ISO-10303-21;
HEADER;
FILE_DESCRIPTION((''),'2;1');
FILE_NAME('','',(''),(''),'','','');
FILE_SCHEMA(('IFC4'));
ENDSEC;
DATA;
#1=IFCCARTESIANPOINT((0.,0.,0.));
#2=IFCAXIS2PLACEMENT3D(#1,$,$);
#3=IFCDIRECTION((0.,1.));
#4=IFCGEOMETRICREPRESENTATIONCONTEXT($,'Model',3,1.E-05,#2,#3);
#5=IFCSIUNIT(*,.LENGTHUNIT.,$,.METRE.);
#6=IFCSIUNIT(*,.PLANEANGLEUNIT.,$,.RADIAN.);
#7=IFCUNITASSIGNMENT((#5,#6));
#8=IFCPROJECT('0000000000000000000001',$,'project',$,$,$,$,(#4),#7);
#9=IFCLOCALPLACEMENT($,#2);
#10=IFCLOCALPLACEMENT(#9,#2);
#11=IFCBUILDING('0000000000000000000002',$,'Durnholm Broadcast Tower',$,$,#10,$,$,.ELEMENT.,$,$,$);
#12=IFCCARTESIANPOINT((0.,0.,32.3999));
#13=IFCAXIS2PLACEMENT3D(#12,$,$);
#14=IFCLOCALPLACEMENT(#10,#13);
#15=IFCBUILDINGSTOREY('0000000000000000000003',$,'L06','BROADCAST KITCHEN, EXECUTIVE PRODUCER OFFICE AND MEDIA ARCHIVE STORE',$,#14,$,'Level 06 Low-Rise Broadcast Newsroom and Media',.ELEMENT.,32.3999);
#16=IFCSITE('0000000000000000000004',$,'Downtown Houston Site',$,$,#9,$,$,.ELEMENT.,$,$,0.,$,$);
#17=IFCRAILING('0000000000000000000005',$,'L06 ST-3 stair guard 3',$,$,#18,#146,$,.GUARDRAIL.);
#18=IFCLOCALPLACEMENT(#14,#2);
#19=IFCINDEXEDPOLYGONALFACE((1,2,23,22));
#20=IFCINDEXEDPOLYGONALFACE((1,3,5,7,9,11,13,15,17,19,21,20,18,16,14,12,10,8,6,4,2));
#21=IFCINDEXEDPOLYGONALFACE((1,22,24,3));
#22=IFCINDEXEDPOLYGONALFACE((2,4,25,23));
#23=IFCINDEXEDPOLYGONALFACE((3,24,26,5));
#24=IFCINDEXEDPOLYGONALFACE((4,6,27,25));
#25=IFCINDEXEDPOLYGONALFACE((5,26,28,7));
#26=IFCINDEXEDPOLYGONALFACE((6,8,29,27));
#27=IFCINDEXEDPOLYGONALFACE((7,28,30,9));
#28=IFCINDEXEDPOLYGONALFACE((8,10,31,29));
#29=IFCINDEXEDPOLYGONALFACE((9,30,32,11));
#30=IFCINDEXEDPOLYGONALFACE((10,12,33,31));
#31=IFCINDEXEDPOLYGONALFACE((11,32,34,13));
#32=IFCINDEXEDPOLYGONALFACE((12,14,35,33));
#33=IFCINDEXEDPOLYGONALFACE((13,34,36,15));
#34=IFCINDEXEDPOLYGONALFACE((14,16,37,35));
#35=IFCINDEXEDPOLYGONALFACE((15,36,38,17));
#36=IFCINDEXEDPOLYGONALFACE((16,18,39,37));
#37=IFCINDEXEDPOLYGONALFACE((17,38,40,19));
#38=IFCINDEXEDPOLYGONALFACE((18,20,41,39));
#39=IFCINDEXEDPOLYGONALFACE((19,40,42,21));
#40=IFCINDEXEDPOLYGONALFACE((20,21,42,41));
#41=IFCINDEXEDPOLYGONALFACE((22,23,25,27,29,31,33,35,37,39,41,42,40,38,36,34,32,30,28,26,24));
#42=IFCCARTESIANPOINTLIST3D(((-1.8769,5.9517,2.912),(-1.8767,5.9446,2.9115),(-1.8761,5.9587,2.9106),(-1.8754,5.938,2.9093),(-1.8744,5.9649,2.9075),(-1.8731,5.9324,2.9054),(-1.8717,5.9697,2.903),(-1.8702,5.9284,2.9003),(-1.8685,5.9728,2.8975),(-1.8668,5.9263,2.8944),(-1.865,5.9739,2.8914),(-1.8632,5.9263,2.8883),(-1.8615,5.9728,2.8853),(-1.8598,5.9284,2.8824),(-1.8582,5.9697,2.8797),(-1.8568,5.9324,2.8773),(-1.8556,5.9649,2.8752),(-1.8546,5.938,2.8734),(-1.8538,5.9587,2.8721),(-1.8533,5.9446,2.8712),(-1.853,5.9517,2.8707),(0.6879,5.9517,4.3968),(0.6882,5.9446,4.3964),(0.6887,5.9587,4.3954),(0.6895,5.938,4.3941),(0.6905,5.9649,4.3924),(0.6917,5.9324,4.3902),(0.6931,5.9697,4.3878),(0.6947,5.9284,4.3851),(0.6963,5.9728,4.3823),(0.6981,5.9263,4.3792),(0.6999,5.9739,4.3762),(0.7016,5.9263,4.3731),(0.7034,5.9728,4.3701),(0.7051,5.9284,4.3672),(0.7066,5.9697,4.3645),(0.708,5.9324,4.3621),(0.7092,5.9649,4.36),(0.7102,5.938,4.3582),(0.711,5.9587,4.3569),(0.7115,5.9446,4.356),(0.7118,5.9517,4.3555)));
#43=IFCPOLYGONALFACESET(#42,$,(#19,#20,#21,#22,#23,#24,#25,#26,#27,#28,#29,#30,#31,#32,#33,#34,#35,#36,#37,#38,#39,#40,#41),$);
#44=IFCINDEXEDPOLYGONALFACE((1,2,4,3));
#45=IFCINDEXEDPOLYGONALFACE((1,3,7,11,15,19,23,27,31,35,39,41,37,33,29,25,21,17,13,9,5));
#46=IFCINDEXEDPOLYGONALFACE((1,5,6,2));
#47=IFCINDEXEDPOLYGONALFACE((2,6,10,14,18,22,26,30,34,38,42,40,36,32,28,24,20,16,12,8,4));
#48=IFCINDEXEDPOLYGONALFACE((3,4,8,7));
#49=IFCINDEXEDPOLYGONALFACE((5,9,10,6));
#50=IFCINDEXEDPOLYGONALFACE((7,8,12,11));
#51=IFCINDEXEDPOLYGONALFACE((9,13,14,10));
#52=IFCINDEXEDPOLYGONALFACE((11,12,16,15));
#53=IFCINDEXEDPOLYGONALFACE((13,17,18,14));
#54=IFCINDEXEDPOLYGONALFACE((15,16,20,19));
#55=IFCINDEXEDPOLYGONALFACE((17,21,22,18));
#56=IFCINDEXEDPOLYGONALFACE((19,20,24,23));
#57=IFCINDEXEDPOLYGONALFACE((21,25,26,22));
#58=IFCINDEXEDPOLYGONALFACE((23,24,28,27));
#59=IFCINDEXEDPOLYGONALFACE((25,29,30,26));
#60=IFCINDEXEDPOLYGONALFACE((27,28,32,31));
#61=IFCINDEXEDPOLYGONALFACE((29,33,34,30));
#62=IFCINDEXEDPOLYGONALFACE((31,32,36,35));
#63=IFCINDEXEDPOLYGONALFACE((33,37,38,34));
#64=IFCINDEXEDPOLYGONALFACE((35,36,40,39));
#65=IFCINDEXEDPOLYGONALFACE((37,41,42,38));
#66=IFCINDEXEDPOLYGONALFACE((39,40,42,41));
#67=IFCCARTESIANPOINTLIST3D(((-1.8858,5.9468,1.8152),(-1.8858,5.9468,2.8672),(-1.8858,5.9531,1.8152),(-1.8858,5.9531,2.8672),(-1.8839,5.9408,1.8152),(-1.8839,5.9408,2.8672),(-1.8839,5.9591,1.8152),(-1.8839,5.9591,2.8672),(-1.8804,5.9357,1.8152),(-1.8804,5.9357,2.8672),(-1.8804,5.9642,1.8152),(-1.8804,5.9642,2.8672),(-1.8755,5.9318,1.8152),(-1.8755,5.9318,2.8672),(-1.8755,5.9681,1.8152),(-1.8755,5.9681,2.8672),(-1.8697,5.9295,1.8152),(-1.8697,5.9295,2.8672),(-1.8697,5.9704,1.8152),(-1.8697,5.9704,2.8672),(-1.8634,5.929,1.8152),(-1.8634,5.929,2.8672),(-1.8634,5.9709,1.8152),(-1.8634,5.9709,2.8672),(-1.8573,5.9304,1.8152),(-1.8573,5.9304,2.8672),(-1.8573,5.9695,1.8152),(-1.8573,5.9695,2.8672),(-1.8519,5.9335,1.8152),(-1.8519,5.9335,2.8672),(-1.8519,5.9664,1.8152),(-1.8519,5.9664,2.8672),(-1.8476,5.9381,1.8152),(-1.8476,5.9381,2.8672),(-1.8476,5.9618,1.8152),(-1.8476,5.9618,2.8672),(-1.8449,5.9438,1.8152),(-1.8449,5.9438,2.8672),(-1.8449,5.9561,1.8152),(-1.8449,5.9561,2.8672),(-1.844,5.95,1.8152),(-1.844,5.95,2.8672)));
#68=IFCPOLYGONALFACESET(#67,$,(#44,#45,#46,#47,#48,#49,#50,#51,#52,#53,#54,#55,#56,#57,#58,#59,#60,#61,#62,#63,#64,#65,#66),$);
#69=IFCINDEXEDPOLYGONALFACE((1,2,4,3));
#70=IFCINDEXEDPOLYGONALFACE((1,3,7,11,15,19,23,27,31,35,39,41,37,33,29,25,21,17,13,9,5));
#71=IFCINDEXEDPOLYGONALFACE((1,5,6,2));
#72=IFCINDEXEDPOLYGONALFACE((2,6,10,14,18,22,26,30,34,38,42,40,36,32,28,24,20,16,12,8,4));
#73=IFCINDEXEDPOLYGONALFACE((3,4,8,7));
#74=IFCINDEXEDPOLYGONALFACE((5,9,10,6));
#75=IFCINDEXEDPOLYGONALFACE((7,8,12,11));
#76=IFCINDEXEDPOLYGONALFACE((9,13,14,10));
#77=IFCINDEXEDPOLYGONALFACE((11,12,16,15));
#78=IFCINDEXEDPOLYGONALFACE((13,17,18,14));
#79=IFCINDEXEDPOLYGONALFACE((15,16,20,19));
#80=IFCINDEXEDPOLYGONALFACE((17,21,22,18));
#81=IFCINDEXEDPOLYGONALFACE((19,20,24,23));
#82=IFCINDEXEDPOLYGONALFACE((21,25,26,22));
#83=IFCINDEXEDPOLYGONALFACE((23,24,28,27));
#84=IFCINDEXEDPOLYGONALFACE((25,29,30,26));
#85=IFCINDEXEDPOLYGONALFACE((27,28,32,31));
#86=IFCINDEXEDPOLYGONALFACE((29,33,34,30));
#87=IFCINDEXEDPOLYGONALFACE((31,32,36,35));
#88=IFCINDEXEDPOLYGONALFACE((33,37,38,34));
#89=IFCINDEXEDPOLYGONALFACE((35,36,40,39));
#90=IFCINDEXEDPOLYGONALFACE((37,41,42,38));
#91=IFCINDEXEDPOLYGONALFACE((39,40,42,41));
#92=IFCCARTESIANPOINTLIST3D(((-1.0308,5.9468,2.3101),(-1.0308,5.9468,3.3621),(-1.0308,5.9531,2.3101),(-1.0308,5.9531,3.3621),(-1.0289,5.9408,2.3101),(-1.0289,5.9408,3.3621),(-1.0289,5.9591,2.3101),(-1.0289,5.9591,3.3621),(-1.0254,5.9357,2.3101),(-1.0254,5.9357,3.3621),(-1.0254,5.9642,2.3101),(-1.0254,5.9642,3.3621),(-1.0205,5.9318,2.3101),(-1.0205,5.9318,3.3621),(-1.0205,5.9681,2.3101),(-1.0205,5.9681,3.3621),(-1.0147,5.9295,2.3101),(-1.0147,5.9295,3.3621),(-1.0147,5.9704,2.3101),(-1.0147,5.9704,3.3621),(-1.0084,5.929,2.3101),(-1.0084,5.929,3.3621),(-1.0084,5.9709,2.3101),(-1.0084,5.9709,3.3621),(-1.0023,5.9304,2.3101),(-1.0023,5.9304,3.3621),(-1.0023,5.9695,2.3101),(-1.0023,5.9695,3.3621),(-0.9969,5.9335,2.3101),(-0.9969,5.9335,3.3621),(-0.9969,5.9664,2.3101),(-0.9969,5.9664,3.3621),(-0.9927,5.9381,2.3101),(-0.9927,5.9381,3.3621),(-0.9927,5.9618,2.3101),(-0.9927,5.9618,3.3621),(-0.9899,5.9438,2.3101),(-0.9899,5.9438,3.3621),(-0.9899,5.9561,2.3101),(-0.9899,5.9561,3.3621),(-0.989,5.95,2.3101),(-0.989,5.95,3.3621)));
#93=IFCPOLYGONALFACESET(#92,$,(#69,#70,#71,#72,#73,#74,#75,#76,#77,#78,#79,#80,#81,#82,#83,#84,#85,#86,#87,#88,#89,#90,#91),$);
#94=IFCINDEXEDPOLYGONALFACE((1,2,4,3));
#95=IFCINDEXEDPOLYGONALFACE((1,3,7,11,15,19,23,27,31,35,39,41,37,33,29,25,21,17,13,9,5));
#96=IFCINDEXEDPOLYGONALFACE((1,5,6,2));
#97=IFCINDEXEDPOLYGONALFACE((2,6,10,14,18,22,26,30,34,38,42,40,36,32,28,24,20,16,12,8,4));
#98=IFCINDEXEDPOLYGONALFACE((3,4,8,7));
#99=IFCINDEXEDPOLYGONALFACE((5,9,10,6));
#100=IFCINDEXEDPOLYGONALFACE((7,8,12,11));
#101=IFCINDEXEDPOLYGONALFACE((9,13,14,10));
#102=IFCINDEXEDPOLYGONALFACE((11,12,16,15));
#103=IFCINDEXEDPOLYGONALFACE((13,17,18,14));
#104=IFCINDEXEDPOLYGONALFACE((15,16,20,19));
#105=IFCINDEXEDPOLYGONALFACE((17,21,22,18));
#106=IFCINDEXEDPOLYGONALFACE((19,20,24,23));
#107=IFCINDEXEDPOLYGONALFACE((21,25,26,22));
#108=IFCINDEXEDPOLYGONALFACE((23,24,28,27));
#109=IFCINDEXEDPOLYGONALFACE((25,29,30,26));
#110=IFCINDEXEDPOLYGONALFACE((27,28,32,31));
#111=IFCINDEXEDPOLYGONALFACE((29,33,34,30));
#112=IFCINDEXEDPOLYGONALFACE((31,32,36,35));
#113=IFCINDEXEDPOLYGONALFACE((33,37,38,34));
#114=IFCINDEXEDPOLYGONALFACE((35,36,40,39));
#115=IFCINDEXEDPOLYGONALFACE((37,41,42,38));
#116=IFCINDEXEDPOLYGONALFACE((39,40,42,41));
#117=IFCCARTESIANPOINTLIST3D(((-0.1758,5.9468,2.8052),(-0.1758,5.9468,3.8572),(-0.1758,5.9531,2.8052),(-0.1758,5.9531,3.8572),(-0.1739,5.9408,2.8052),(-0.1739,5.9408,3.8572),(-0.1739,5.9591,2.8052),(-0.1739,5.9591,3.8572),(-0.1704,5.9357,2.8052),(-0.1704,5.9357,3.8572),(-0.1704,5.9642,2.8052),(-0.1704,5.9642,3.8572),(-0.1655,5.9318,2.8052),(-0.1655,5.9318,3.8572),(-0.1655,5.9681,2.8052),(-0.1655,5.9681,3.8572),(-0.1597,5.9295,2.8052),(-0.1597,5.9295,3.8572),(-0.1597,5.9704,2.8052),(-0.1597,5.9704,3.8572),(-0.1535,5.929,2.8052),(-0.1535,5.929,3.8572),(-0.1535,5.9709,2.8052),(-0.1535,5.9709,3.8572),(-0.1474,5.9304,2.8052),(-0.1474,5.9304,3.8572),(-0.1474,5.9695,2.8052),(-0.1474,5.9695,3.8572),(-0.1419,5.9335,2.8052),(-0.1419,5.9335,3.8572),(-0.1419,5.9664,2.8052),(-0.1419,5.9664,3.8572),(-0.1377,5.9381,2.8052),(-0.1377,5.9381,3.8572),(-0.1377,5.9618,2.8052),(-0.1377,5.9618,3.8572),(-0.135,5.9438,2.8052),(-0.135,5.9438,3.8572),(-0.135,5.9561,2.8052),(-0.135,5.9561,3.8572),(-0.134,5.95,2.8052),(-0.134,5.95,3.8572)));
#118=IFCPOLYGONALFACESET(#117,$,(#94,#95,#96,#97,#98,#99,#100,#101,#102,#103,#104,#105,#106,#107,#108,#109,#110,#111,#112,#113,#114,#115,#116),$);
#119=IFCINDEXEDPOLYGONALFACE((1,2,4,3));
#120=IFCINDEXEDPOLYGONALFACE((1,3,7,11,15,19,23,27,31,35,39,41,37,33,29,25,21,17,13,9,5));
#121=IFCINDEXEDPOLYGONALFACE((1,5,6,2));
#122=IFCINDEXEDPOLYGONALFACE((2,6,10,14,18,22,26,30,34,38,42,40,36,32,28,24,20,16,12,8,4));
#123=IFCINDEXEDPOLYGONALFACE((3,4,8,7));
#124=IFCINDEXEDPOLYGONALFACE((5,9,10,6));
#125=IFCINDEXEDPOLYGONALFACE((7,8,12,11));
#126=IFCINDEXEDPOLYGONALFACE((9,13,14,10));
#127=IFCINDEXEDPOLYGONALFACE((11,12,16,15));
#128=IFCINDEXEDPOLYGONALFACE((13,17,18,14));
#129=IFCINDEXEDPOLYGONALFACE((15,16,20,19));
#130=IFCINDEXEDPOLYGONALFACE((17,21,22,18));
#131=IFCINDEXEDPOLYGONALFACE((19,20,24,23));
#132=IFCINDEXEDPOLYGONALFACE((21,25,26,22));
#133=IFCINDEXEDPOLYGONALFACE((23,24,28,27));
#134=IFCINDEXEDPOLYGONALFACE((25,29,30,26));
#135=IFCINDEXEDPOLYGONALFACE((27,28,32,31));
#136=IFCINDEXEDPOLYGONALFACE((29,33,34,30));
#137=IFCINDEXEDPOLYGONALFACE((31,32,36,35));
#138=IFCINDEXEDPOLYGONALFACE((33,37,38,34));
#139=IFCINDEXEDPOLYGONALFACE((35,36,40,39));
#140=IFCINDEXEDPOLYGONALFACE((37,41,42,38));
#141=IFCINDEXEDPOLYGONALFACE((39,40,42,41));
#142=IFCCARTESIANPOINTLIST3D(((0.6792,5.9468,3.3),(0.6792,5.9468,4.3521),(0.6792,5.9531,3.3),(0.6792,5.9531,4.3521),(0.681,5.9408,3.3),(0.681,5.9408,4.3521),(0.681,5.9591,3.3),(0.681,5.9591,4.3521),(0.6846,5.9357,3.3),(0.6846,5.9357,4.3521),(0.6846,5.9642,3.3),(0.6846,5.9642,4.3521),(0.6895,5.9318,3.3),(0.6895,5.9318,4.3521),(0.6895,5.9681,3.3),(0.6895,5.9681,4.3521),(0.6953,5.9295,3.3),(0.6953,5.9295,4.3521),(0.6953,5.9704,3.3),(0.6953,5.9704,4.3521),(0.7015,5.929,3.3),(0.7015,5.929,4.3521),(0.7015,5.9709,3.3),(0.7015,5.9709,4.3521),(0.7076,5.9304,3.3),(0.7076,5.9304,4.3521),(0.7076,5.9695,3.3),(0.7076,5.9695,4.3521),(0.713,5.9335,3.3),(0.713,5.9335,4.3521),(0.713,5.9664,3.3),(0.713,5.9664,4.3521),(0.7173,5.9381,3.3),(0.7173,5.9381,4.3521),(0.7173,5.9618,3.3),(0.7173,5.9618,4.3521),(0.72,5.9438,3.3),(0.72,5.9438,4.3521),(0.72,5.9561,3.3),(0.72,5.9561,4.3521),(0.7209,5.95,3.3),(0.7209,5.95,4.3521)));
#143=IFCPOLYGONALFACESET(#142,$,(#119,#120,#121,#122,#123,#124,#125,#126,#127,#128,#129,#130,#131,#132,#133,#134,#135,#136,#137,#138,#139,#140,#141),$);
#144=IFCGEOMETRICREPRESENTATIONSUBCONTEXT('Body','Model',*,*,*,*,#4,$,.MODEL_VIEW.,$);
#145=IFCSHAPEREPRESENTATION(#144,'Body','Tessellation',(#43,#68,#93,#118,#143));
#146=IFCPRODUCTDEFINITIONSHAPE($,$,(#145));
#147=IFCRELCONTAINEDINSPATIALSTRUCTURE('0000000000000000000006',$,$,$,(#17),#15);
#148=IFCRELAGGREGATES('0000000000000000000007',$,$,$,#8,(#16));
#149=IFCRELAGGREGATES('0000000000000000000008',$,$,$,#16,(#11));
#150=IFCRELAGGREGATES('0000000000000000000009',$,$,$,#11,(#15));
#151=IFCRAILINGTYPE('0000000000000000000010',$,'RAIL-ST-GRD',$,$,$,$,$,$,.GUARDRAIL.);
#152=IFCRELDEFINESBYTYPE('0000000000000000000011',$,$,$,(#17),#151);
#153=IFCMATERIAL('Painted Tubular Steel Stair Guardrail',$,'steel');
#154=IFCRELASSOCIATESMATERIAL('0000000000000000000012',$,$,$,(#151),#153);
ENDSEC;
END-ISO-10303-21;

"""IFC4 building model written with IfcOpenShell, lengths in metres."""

from ifc_helpers import new_model, si_unit, direction, frame, origin, origin_2d, place, context, subcontext, project, spatial, circle, extrude, material, type_object, element, save


model = new_model("IFC4")

# Units and contexts
model_context = context("Model", 3, precision=1e-05, world=origin(), true_north=direction((0.0, 1.0)))
body_context = subcontext(model_context, "Body", "Model", "MODEL_VIEW")
ifc_project = project(units=[si_unit("LENGTHUNIT", "METRE"), si_unit("PLANEANGLEUNIT", "RADIAN")], contexts=[model_context])

# Site, building, storey
site_placement = place(None, origin())
site = spatial("IfcSite", under=ifc_project, at=site_placement, Name="Downtown Houston Site", CompositionType="ELEMENT", RefElevation=0.0)
building_placement = place(site_placement, origin())
building = spatial("IfcBuilding", under=site, at=building_placement, Name="Durnholm Broadcast Tower", CompositionType="ELEMENT")
storey_placement = place(building_placement, frame((0.0, 0.0, 32.3999)))
storey = spatial("IfcBuildingStorey", under=building, at=storey_placement, Name="L06", Description="BROADCAST KITCHEN, EXECUTIVE PRODUCER OFFICE AND MEDIA ARCHIVE STORE", LongName="Level 06 Low-Rise Broadcast Newsroom and Media", CompositionType="ELEMENT", Elevation=32.3999)

# Railing
ifc_material_1 = material(Name="Painted Tubular Steel Stair Guardrail", Category="steel")
railing_type_1 = type_object("IfcRailingType", Name="RAIL-ST-GRD", PredefinedType="GUARDRAIL", material=ifc_material_1)
railing_1_placement = place(storey_placement, frame((-1.865, 5.95, 1.8152)))
element("IfcRailing", 1, at=railing_1_placement, inside=storey, type_object=railing_type_1, Name="L06 ST-3 stair guard 3", PredefinedType="GUARDRAIL", context=body_context, shape_type="SweptSolid", body=[
    extrude(circle(Radius=0.0239, at=origin_2d()), frame((0.0, 0.0, 1.0762), z_axis=(0.865441, 0.0, 0.50101), x_axis=(0.0, 1.0, 0.0)), (0.0, 0.0, 1.0), 2.9636),
    extrude(circle(Radius=0.021, at=origin_2d()), origin(), (0.0, 0.0, 1.0), 1.052),
    extrude(circle(Radius=0.021, at=origin_2d()), frame((0.855, 0.0, 0.4949)), (0.0, 0.0, 1.0), 1.052),
    extrude(circle(Radius=0.021, at=origin_2d()), frame((1.71, 0.0, 0.99)), (0.0, 0.0, 1.0), 1.052),
    extrude(circle(Radius=0.021, at=origin_2d()), frame((2.5649, 0.0, 1.4849)), (0.0, 0.0, 1.0), 1.052),
])

save(model, "model.ifc")
